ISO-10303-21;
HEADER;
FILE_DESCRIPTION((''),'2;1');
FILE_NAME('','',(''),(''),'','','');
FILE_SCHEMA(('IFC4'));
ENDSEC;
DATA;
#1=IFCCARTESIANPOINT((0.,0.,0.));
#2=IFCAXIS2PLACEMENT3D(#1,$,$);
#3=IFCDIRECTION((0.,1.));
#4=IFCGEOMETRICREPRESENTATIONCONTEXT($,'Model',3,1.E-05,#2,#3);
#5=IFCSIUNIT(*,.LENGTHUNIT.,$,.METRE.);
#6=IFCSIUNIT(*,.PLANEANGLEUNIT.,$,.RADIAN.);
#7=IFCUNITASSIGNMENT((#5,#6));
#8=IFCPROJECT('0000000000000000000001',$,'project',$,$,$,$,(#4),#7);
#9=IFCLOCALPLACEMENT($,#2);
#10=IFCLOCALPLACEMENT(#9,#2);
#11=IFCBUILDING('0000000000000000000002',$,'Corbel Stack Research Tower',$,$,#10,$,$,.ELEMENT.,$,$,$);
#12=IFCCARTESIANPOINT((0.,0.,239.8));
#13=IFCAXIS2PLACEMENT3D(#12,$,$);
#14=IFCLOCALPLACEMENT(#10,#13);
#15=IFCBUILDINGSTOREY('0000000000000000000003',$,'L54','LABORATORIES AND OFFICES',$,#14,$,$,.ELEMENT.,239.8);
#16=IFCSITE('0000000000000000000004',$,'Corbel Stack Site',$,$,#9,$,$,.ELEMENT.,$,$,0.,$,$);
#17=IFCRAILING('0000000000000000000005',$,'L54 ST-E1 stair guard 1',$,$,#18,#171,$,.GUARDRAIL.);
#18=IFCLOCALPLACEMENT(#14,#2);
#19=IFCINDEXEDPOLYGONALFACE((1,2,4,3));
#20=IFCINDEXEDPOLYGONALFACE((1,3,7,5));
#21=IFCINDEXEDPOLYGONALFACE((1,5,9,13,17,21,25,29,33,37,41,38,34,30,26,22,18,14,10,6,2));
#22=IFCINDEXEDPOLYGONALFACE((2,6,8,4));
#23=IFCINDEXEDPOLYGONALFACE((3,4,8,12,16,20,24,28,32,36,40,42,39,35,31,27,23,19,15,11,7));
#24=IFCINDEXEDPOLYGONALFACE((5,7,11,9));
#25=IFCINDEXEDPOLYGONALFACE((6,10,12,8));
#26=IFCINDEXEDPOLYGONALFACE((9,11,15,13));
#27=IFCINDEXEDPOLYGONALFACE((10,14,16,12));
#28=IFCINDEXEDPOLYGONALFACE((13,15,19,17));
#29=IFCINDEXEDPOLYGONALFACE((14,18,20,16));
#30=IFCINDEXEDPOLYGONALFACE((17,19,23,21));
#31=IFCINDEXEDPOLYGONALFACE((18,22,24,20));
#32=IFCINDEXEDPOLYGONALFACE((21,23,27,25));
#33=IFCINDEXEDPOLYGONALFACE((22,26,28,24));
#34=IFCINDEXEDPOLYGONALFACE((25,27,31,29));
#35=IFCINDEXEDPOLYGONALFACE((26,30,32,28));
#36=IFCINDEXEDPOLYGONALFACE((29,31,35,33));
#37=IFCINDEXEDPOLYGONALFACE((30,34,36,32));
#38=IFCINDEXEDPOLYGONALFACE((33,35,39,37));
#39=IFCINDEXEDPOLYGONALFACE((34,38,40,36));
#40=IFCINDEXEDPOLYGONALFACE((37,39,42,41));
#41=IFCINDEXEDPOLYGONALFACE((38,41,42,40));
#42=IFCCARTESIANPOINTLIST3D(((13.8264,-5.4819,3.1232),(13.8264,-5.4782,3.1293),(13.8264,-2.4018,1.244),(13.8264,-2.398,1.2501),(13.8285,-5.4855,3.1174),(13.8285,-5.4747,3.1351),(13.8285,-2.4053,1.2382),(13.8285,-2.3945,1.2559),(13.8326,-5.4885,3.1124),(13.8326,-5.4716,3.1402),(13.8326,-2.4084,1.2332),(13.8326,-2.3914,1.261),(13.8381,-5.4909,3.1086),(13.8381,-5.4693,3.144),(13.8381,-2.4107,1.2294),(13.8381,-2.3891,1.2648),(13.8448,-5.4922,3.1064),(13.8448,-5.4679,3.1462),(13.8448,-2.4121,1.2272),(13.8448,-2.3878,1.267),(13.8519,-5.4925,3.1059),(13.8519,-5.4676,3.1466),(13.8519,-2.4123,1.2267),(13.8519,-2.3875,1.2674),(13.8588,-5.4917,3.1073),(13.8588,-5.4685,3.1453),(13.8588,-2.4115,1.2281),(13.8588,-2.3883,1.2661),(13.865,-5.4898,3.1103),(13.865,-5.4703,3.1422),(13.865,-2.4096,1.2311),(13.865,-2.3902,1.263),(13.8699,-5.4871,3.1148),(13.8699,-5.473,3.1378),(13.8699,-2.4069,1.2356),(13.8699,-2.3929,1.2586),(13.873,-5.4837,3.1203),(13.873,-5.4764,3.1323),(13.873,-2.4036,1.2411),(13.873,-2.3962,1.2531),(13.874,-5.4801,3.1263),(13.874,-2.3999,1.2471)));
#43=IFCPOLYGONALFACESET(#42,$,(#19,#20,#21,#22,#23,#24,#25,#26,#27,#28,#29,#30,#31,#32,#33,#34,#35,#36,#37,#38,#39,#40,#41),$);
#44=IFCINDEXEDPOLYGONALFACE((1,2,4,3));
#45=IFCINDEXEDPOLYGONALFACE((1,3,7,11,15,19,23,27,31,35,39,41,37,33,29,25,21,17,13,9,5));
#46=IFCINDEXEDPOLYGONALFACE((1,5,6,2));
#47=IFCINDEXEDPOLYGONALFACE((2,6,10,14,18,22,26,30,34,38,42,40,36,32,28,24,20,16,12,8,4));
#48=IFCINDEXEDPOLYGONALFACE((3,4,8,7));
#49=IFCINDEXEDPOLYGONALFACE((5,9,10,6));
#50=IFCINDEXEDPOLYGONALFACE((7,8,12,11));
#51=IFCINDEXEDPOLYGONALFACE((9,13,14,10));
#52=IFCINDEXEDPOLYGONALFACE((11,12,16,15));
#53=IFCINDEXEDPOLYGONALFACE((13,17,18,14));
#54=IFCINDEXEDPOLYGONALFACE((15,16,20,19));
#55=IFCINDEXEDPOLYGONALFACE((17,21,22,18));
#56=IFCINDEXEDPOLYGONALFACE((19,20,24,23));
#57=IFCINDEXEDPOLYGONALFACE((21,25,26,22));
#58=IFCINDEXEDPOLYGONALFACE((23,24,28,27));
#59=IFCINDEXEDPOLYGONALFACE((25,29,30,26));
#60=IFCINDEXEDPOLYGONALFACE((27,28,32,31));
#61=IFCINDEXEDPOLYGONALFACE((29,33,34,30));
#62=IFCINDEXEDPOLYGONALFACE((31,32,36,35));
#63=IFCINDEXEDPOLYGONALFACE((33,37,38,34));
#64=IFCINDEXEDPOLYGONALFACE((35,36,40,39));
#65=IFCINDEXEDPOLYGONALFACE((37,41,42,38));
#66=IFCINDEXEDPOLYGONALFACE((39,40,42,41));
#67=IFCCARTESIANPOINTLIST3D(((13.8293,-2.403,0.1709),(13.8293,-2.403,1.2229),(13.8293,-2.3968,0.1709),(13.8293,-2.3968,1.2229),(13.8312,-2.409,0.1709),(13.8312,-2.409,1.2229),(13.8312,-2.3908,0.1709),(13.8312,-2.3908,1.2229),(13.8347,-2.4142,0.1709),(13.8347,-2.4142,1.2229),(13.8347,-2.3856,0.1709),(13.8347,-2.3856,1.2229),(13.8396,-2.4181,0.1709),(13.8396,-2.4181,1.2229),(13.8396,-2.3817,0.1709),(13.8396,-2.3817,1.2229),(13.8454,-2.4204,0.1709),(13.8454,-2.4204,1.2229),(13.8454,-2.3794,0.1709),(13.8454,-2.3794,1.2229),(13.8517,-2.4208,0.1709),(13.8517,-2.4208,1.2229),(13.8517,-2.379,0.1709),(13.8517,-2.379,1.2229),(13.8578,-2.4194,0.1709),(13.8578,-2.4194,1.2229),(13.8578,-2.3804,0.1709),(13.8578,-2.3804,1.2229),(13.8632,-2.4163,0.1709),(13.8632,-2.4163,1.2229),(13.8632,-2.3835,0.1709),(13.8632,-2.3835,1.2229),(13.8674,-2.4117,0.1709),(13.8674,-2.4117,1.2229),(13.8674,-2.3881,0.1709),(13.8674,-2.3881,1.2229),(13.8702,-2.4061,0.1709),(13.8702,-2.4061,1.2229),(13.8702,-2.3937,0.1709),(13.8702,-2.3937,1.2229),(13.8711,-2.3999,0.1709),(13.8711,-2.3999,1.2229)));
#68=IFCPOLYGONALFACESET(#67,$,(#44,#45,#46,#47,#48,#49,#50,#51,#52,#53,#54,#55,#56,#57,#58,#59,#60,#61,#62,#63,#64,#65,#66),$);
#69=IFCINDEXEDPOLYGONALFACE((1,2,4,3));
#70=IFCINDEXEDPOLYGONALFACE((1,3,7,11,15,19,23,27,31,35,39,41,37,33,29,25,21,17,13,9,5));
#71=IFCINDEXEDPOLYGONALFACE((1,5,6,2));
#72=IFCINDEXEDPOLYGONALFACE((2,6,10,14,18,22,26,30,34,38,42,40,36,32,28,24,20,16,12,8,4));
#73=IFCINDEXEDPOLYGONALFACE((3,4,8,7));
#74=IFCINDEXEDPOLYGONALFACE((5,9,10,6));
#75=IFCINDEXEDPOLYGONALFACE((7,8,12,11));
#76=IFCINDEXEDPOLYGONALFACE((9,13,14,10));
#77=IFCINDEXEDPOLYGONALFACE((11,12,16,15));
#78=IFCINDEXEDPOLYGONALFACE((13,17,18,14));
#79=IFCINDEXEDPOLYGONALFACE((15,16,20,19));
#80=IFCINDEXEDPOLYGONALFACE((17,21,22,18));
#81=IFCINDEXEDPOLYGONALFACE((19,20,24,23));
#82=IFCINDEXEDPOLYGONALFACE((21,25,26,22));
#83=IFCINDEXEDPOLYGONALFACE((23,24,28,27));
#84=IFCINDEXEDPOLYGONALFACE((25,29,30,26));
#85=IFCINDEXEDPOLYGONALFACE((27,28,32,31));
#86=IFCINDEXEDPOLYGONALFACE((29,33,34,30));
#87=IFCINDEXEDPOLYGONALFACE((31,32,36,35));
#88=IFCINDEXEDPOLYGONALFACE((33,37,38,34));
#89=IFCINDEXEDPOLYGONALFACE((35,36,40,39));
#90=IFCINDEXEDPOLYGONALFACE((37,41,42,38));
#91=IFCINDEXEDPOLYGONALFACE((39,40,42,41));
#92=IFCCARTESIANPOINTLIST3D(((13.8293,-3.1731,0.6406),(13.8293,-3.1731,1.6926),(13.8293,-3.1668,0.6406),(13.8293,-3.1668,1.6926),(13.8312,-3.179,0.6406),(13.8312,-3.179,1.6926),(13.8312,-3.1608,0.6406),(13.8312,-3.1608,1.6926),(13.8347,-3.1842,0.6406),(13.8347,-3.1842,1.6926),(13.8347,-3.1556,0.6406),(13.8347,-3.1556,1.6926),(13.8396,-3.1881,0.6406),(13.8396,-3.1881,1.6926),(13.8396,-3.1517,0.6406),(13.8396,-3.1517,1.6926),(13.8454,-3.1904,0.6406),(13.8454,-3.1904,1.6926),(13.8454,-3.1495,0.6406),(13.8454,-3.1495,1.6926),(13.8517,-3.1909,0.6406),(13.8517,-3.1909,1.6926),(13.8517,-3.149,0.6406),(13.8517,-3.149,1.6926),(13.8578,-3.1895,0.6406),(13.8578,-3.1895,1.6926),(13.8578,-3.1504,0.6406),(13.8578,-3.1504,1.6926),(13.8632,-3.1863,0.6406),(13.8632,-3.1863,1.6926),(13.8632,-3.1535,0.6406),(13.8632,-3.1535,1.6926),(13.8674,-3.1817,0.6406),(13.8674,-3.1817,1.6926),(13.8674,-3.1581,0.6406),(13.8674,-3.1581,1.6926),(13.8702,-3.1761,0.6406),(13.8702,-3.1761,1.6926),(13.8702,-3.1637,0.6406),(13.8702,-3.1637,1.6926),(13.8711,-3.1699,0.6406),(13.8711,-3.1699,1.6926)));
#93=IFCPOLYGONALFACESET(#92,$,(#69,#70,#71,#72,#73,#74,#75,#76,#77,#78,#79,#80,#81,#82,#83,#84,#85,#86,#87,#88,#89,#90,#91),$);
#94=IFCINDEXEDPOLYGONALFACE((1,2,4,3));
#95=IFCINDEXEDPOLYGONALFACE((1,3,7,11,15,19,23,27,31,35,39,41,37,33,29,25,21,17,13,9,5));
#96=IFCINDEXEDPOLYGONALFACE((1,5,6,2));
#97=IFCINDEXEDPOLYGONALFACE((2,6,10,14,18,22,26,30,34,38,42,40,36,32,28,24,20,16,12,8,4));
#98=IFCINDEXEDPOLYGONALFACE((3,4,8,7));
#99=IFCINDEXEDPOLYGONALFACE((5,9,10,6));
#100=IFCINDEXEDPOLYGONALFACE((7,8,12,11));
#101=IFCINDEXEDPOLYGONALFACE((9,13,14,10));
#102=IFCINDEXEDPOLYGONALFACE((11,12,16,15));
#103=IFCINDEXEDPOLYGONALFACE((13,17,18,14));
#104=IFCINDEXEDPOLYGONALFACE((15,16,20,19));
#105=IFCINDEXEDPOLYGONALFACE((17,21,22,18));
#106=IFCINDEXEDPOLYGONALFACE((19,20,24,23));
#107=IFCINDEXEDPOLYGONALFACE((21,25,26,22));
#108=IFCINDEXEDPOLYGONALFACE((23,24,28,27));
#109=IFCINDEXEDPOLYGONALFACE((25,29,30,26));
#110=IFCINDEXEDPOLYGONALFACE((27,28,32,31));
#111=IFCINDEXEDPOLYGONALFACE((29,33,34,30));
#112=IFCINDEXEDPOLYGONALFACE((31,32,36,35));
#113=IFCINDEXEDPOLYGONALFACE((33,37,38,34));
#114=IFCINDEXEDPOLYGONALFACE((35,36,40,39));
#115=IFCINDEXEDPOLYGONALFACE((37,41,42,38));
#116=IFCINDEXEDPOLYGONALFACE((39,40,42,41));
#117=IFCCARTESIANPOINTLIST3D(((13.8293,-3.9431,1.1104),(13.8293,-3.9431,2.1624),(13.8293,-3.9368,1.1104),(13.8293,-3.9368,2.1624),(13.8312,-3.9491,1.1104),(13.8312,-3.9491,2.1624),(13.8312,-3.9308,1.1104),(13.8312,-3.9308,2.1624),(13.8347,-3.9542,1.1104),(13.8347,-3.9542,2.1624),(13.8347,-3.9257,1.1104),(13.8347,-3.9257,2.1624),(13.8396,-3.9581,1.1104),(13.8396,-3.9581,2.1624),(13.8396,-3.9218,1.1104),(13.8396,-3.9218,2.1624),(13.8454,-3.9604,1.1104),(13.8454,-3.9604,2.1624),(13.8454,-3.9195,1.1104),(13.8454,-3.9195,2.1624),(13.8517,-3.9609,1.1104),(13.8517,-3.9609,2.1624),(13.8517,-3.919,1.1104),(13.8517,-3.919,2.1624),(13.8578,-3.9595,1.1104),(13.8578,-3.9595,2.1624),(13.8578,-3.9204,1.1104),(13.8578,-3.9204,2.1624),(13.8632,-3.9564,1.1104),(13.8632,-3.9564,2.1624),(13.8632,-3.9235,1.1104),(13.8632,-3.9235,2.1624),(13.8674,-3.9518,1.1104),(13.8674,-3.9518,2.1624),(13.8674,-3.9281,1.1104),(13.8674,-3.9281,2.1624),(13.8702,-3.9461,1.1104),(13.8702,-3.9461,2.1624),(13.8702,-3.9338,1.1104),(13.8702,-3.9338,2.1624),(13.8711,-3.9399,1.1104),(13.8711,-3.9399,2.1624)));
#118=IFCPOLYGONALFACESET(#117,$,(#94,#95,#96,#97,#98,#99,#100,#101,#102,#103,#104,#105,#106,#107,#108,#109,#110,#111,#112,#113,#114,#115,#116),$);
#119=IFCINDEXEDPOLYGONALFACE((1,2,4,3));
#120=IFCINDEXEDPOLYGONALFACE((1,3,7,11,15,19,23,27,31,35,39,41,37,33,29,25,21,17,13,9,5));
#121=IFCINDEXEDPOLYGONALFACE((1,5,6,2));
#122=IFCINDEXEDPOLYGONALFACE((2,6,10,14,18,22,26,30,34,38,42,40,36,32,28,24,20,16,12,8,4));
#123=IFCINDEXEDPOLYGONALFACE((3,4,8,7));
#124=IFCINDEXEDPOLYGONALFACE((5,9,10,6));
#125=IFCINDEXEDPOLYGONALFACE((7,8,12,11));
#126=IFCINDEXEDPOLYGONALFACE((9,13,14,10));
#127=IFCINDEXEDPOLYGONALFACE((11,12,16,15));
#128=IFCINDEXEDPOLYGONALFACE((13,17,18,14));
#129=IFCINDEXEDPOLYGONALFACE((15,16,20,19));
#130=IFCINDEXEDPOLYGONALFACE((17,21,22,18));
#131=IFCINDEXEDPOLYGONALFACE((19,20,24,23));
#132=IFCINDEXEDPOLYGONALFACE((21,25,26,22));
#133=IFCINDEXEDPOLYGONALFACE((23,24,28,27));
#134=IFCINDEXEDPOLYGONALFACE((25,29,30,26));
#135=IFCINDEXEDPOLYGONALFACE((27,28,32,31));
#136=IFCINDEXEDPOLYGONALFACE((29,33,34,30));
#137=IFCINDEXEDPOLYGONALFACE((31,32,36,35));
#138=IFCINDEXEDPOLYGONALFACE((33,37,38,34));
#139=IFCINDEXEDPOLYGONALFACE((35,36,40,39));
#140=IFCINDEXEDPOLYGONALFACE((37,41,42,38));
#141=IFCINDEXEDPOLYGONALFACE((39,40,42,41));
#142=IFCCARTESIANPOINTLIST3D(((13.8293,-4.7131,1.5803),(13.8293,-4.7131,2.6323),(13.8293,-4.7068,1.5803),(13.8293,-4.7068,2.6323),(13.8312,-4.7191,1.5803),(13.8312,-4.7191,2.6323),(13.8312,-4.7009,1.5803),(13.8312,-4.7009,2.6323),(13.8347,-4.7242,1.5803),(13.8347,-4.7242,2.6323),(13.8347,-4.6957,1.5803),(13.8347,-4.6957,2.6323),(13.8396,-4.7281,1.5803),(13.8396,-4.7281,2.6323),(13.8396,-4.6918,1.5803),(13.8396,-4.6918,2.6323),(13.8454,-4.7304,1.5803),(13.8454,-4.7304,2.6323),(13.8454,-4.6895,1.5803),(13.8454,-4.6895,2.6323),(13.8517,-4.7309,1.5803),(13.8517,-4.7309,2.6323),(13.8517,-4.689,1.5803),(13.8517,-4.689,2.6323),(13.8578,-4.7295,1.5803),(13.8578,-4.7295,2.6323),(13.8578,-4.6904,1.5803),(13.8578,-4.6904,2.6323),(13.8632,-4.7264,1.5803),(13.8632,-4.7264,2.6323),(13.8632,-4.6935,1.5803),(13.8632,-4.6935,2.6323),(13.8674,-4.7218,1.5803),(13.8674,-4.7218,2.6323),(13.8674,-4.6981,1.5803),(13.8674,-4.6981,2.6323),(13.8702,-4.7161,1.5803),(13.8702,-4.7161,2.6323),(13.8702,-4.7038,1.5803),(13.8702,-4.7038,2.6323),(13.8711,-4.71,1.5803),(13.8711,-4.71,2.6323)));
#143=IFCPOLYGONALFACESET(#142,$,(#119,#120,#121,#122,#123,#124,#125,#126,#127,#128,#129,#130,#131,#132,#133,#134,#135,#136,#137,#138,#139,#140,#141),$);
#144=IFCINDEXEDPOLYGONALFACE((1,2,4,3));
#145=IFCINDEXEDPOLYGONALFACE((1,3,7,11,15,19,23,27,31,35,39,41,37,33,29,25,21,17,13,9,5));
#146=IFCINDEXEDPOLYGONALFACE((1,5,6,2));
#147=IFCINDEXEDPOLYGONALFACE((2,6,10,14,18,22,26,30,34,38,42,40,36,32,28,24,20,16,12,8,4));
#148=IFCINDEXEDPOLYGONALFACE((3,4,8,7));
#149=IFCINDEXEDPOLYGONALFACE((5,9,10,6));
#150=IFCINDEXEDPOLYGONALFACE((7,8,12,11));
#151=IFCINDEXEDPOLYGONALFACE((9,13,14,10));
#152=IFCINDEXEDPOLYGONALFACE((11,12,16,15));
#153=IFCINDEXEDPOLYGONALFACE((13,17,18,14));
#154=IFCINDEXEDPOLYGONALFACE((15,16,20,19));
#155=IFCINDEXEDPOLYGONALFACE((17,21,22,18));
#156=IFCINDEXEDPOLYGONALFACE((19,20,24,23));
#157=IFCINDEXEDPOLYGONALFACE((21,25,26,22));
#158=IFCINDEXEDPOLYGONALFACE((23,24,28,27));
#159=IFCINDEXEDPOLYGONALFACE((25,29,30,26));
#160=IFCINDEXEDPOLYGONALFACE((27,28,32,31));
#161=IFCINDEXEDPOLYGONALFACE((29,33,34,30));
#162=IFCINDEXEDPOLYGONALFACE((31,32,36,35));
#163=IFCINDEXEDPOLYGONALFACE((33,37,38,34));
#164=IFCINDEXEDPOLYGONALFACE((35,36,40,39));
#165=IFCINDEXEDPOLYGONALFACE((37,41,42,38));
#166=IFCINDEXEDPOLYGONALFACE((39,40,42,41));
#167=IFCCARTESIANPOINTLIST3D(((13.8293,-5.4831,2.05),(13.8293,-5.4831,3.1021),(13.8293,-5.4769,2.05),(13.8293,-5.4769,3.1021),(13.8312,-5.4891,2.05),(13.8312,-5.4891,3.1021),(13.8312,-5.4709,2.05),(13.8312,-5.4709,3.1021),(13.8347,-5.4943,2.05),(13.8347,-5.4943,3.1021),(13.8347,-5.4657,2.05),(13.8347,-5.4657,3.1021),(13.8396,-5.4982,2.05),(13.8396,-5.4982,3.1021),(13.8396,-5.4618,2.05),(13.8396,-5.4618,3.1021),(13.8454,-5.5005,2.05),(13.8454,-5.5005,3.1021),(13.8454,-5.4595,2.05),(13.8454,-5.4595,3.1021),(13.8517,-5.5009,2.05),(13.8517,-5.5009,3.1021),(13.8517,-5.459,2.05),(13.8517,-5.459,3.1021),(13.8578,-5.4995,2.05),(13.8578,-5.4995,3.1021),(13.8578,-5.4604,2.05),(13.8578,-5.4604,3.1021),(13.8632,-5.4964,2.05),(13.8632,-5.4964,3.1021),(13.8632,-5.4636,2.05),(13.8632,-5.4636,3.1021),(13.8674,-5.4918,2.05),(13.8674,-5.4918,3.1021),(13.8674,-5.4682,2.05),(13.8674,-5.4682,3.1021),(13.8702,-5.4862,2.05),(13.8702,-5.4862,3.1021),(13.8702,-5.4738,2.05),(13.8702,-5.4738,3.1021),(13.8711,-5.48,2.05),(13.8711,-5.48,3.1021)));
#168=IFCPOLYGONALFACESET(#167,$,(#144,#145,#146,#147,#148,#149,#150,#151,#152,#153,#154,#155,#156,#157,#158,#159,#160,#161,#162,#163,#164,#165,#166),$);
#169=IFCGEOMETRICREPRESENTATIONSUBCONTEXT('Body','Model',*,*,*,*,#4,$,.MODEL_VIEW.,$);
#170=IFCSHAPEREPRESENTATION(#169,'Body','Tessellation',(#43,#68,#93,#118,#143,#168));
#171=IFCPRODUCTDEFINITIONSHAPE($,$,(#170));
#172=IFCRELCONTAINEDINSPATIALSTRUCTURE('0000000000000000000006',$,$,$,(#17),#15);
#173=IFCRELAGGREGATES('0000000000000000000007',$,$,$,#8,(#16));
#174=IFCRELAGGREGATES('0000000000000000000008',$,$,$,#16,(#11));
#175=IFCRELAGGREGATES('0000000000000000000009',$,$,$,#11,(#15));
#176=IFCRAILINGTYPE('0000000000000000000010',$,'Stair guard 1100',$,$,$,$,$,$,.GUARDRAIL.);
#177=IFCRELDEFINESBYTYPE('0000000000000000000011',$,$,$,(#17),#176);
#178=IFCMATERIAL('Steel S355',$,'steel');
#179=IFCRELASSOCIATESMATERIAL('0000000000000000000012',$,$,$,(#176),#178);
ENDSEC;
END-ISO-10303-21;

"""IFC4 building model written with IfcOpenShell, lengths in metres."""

from ifc_helpers import new_model, si_unit, direction, frame, origin, origin_2d, place, context, subcontext, project, spatial, circle, extrude, material, type_object, element, save


model = new_model("IFC4")

# Units and contexts
model_context = context("Model", 3, precision=1e-05, world=origin(), true_north=direction((0.0, 1.0)))
body_context = subcontext(model_context, "Body", "Model", "MODEL_VIEW")
ifc_project = project(units=[si_unit("LENGTHUNIT", "METRE"), si_unit("PLANEANGLEUNIT", "RADIAN")], contexts=[model_context])

# Site, building, storey
site_placement = place(None, origin())
site = spatial("IfcSite", under=ifc_project, at=site_placement, Name="Corbel Stack Site", CompositionType="ELEMENT", RefElevation=0.0)
building_placement = place(site_placement, origin())
building = spatial("IfcBuilding", under=site, at=building_placement, Name="Corbel Stack Research Tower", CompositionType="ELEMENT")
storey_placement = place(building_placement, frame((0.0, 0.0, 239.8)))
storey = spatial("IfcBuildingStorey", under=building, at=storey_placement, Name="L54", Description="LABORATORIES AND OFFICES", CompositionType="ELEMENT", Elevation=239.8)

# Railing
ifc_material_1 = material(Name="Steel S355", Category="steel")
railing_type_1 = type_object("IfcRailingType", Name="Stair guard 1100", PredefinedType="GUARDRAIL", material=ifc_material_1)
railing_1_placement = place(storey_placement, frame((13.8501, -2.3999, 0.1709)))
element("IfcRailing", 1, at=railing_1_placement, inside=storey, type_object=railing_type_1, Name="L54 ST-E1 stair guard 1", PredefinedType="GUARDRAIL", context=body_context, shape_type="SweptSolid", body=[
    extrude(circle(Radius=0.0239, at=origin_2d()), frame((0.0, 0.0, 1.0762), z_axis=(0.0, -0.853666, 0.52082), x_axis=(1.0, 0.0, 0.0)), (0.0, 0.0, 1.0), 3.6082),
    extrude(circle(Radius=0.021, at=origin_2d()), origin(), (0.0, 0.0, 1.0), 1.052),
    extrude(circle(Radius=0.021, at=origin_2d()), frame((0.0, -0.77, 0.4697)), (0.0, 0.0, 1.0), 1.052),
    extrude(circle(Radius=0.021, at=origin_2d()), frame((0.0, -1.54, 0.9395)), (0.0, 0.0, 1.0), 1.052),
    extrude(circle(Radius=0.021, at=origin_2d()), frame((0.0, -2.3101, 1.4094)), (0.0, 0.0, 1.0), 1.052),
    extrude(circle(Radius=0.021, at=origin_2d()), frame((0.0, -3.0801, 1.8792)), (0.0, 0.0, 1.0), 1.052),
])

save(model, "model.ifc")
